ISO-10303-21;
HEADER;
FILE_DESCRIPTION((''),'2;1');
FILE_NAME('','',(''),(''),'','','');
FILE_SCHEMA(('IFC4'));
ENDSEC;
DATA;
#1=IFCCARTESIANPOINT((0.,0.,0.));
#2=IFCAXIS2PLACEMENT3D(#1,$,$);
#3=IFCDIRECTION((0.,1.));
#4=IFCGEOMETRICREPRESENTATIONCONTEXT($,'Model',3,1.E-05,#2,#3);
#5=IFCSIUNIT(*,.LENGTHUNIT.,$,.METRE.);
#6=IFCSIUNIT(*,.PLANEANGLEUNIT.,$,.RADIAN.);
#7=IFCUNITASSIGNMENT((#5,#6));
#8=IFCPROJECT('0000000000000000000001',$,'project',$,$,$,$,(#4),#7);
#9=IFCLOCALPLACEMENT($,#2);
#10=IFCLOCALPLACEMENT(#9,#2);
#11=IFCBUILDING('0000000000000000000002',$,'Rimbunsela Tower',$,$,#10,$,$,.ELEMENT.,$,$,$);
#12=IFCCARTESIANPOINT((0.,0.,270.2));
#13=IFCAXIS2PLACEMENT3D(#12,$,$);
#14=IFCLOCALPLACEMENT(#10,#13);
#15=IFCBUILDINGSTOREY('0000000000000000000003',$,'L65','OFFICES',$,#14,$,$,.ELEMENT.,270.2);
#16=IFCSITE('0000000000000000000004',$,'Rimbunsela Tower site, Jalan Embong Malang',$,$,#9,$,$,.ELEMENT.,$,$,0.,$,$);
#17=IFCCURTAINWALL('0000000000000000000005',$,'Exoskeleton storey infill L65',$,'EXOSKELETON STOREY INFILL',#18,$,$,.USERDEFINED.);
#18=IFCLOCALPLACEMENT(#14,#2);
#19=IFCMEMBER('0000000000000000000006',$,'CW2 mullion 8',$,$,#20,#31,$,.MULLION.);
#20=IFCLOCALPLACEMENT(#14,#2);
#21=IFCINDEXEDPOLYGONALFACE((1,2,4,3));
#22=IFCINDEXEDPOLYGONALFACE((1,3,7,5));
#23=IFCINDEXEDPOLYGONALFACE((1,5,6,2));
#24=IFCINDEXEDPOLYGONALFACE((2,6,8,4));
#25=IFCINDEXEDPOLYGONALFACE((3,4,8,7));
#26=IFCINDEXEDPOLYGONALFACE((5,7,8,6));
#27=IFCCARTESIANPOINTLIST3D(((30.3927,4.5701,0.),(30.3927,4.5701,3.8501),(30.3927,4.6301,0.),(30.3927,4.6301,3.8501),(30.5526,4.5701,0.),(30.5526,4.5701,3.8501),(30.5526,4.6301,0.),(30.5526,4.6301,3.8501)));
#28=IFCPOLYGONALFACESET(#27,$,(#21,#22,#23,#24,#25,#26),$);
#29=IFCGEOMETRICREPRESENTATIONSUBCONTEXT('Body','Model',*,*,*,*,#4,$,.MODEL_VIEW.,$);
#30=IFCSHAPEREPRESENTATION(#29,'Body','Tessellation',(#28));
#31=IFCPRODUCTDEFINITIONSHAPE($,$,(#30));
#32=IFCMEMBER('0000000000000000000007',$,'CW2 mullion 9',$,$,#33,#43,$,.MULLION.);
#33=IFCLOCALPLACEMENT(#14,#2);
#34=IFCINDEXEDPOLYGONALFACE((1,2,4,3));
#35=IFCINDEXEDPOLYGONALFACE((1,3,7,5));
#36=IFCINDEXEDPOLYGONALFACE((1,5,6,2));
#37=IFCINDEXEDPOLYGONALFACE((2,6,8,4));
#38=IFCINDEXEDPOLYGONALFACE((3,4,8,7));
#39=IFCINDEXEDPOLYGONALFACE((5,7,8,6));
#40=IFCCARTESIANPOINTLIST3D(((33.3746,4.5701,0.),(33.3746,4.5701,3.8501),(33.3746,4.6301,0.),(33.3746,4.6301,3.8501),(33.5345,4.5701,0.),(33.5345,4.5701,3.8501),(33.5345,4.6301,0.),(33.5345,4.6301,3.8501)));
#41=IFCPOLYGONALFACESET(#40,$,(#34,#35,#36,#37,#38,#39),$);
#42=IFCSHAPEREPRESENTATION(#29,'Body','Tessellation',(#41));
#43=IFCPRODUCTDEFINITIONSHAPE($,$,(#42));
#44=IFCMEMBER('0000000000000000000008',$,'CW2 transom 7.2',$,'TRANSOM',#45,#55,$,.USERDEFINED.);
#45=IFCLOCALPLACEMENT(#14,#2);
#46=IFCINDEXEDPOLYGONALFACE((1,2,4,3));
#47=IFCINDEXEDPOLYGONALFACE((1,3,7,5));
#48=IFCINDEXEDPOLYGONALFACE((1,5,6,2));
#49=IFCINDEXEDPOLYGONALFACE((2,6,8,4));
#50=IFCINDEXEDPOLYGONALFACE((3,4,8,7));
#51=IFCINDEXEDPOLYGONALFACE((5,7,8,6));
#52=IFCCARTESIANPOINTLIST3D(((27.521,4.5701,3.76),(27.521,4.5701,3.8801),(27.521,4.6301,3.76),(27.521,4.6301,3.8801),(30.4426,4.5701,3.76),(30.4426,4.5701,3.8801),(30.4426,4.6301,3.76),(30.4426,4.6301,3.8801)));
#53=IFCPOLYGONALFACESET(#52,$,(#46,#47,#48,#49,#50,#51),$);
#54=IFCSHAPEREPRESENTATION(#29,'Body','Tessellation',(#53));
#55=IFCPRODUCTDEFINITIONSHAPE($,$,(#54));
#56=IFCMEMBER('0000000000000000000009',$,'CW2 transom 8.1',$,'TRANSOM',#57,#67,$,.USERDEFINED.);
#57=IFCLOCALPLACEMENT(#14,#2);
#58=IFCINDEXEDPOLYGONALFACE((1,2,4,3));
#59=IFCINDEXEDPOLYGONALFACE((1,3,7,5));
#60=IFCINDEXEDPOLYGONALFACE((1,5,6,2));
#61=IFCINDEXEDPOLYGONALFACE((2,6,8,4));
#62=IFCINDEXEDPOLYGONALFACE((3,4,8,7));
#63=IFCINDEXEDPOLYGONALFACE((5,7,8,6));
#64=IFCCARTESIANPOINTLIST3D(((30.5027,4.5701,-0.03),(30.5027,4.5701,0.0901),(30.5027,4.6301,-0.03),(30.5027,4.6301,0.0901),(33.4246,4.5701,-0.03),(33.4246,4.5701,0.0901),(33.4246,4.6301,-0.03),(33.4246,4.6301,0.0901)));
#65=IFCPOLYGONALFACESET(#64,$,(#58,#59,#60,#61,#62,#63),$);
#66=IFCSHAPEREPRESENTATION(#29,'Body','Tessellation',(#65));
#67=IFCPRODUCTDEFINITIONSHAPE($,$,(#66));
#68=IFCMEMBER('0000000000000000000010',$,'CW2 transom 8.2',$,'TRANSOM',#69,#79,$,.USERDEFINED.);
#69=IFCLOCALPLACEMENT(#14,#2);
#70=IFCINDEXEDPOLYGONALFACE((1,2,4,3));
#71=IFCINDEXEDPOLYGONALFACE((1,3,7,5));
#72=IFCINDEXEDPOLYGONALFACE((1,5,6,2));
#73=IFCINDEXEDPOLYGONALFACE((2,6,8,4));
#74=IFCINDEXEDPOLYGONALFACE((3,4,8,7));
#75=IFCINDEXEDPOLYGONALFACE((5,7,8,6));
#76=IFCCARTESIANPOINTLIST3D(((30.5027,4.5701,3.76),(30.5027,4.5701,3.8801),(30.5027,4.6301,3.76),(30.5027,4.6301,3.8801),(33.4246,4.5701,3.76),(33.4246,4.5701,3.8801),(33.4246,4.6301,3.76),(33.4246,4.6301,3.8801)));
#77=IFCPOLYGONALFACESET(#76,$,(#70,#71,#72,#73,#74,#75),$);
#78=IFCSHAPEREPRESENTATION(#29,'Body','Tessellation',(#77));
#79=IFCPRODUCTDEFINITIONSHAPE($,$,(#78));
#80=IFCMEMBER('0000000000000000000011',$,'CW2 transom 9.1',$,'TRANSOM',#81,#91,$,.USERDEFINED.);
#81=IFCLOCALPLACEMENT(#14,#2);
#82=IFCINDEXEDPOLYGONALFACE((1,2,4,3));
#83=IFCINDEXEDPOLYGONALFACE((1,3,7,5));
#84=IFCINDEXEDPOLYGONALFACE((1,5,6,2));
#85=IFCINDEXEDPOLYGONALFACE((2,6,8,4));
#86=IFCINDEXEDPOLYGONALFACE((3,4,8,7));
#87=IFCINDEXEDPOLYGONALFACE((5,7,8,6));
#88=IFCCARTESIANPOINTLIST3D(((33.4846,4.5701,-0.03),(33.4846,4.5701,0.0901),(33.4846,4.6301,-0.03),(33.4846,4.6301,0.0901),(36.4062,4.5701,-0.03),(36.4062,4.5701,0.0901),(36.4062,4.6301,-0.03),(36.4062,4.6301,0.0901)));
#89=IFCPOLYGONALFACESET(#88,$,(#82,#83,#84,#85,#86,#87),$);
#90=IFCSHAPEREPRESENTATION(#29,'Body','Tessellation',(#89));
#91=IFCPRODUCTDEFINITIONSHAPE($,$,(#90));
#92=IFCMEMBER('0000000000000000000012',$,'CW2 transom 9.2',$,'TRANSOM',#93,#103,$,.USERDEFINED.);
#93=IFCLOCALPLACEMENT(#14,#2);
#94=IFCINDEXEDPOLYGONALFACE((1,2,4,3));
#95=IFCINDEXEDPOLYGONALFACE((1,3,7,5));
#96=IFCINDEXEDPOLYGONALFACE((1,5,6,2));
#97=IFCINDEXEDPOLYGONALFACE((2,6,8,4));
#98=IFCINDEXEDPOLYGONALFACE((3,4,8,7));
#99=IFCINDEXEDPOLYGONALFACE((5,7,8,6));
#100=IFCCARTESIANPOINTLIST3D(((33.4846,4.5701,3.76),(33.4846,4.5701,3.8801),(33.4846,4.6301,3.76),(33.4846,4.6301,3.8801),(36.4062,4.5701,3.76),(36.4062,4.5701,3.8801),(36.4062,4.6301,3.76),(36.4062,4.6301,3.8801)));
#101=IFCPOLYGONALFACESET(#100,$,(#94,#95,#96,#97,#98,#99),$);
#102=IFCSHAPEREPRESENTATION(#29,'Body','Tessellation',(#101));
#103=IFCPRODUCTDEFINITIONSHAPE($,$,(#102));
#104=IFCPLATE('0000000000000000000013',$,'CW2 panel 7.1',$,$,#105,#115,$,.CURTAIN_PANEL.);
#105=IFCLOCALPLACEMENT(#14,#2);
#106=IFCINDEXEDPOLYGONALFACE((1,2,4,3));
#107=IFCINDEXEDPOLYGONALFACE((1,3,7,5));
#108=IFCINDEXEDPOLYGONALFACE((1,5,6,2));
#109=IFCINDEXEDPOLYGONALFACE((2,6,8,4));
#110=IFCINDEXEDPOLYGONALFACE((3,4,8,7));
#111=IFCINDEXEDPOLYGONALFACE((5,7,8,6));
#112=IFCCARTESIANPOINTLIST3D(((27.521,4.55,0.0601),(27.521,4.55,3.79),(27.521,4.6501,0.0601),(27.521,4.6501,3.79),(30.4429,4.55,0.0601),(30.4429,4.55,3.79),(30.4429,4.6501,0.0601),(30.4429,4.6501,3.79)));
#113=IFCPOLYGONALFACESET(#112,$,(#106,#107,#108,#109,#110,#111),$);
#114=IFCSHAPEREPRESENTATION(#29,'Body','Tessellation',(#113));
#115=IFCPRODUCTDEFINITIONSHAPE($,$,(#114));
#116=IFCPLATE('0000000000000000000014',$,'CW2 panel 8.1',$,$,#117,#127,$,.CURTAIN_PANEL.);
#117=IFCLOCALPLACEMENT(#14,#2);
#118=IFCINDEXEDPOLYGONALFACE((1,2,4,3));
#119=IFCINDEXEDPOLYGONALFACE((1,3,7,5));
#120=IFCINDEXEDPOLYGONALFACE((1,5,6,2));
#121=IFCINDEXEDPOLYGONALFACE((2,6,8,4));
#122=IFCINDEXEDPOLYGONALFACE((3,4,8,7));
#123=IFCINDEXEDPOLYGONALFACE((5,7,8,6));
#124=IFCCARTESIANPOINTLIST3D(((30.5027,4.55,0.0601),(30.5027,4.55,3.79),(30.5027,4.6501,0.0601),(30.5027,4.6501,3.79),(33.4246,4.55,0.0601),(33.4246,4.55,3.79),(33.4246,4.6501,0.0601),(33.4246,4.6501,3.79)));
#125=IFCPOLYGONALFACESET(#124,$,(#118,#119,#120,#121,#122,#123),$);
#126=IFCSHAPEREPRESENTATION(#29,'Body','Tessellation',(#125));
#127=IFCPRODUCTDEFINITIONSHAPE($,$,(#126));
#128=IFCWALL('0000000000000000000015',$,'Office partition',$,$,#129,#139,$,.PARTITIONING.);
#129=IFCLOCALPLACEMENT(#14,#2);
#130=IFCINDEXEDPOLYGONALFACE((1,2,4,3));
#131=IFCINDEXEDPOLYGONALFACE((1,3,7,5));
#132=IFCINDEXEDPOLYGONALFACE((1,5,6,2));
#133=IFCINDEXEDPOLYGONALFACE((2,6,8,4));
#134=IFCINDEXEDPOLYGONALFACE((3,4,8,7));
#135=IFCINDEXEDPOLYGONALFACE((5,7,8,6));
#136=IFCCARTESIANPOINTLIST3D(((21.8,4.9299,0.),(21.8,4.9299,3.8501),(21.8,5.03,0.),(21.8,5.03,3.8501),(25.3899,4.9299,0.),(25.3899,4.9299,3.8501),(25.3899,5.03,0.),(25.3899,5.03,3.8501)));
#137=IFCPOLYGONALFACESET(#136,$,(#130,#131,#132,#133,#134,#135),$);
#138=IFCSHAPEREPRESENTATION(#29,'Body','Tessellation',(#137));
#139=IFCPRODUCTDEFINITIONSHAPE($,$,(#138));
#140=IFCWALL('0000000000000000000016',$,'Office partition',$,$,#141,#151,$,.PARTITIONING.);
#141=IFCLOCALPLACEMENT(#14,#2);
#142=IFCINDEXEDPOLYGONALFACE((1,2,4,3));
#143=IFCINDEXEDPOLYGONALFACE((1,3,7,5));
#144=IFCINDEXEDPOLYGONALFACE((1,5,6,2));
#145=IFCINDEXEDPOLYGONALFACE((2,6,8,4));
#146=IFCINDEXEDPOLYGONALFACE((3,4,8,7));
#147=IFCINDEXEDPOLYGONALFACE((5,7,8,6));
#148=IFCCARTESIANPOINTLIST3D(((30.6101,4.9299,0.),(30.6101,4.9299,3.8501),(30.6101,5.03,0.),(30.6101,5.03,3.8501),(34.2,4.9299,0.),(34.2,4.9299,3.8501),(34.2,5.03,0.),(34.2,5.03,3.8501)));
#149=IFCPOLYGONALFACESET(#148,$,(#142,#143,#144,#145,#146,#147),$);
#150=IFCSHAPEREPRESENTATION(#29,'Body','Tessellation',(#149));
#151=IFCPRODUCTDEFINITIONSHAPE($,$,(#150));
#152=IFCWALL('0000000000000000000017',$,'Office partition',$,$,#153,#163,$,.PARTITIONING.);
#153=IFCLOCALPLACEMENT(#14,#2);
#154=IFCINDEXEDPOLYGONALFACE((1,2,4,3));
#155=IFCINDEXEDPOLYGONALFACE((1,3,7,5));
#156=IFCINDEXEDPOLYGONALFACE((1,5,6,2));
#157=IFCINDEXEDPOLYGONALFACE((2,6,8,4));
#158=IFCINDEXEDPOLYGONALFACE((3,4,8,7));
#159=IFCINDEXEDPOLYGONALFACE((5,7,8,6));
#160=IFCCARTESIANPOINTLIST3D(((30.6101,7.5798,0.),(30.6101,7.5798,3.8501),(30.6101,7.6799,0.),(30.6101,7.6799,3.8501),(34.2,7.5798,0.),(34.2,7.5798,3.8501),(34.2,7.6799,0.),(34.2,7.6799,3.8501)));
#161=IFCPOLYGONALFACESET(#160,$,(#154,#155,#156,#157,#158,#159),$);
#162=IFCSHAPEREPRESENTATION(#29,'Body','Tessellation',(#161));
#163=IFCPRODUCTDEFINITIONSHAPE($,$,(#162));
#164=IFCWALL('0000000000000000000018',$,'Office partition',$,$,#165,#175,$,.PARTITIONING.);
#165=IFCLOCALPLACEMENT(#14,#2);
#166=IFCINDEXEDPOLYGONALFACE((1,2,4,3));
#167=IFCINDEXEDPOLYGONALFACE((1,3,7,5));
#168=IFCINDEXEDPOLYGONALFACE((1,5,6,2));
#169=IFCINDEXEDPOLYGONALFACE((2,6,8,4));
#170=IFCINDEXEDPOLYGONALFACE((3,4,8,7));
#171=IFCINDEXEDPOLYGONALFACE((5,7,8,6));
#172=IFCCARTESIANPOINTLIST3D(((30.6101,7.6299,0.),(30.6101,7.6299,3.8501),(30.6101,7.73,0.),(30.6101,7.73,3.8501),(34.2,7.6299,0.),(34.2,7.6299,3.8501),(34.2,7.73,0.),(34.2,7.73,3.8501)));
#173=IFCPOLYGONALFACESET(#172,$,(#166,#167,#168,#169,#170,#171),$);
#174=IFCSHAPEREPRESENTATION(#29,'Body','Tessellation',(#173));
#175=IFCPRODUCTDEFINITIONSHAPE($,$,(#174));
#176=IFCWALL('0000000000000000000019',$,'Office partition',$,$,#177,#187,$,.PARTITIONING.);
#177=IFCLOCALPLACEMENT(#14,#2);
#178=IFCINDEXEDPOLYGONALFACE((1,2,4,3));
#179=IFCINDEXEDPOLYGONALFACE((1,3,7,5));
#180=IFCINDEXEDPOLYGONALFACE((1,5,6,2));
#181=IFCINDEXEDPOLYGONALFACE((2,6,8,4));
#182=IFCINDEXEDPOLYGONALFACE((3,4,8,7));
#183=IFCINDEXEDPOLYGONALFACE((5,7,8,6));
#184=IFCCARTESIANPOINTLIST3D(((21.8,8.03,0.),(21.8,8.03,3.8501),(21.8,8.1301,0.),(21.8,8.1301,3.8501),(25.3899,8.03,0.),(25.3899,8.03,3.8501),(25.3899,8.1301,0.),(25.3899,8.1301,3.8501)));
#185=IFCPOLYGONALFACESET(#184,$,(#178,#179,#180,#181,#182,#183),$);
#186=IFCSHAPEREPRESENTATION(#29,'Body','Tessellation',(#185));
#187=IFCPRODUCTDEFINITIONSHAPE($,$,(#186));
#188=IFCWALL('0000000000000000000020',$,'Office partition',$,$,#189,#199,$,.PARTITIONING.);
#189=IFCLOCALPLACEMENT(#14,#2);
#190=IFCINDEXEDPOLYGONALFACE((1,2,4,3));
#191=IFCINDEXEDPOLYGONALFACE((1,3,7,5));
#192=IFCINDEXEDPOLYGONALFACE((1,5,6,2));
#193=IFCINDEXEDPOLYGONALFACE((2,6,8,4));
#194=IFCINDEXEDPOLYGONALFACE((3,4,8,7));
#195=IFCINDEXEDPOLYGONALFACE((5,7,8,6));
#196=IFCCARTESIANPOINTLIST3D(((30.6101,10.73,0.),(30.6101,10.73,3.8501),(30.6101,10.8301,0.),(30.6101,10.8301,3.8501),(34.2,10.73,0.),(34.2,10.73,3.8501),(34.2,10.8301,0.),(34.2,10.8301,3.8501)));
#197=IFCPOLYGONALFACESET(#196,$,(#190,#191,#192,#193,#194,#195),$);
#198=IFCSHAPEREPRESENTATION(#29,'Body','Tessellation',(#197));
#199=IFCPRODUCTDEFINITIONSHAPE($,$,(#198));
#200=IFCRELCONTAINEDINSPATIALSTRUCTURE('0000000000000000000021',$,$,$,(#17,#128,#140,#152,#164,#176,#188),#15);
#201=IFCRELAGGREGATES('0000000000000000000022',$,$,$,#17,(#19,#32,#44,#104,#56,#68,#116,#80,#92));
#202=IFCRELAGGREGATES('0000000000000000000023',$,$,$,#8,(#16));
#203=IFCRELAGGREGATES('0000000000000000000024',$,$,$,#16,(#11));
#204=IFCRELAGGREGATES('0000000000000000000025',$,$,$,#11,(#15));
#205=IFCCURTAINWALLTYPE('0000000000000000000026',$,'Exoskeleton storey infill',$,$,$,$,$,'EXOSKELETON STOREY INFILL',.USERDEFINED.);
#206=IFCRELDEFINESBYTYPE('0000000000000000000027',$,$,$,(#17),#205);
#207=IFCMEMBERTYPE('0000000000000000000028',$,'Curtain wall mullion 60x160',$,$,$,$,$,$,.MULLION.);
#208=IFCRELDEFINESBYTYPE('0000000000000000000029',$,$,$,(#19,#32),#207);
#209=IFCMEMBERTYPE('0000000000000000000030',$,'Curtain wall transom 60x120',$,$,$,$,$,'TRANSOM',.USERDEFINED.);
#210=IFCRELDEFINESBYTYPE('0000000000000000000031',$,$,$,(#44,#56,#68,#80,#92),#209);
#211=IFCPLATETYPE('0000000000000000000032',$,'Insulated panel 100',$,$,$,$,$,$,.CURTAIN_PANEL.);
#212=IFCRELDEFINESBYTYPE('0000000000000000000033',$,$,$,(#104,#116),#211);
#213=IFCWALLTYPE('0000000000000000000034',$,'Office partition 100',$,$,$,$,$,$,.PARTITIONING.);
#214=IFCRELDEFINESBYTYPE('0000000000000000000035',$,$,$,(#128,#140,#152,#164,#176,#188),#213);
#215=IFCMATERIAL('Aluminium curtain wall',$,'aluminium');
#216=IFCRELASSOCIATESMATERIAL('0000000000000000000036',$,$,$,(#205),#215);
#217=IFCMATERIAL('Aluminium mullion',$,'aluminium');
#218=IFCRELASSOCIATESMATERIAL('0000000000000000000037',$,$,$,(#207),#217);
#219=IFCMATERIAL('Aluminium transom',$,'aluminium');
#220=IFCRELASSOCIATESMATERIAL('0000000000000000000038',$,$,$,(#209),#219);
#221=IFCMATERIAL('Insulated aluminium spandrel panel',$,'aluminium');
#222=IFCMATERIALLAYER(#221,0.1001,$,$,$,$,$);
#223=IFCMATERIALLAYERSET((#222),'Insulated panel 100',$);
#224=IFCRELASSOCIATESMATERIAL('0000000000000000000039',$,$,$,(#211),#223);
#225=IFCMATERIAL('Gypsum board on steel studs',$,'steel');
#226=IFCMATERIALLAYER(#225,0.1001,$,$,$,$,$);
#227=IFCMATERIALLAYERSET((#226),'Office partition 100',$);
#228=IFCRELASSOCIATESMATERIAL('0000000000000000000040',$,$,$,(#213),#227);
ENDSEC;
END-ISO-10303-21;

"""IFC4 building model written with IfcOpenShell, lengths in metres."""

from ifc_helpers import new_model, si_unit, direction, frame, frame_2d, origin, origin_2d, place, context, subcontext, project, spatial, rectangle, extrude, material, layer, layer_set, material_profile, profile_set, type_object, element, aggregate, save


model = new_model("IFC4")

# Units and contexts
model_context = context("Model", 3, precision=1e-05, world=origin(), true_north=direction((0.0, 1.0)))
body_context = subcontext(model_context, "Body", "Model", "MODEL_VIEW")
ifc_project = project(units=[si_unit("LENGTHUNIT", "METRE"), si_unit("PLANEANGLEUNIT", "RADIAN")], contexts=[model_context])

# Site, building, storey
site_placement = place(None, origin())
site = spatial("IfcSite", under=ifc_project, at=site_placement, Name="Rimbunsela Tower site, Jalan Embong Malang", CompositionType="ELEMENT", RefElevation=0.0)
building_placement = place(site_placement, origin())
building = spatial("IfcBuilding", under=site, at=building_placement, Name="Rimbunsela Tower", CompositionType="ELEMENT")
storey_placement = place(building_placement, frame((0.0, 0.0, 270.2)))
storey = spatial("IfcBuildingStorey", under=building, at=storey_placement, Name="L65", Description="OFFICES", CompositionType="ELEMENT", Elevation=270.2)

# Curtain wall, members, plates
ifc_material_1 = material(Name="Aluminium curtain wall", Category="aluminium")
curtain_wall_type = type_object("IfcCurtainWallType", Name="Exoskeleton storey infill", ElementType="EXOSKELETON STOREY INFILL", PredefinedType="USERDEFINED", material=ifc_material_1)
curtain_wall_placement = place(storey_placement, origin())
curtain_wall = element("IfcCurtainWall", 1, at=curtain_wall_placement, inside=storey, type_object=curtain_wall_type, Name="Exoskeleton storey infill L65", ObjectType="EXOSKELETON STOREY INFILL", PredefinedType="USERDEFINED")
ifc_material_2 = material(Name="Aluminium mullion", Category="aluminium")
ifc_material_profile_1 = material_profile(ifc_material_2, rectangle(XDim=0.0601, YDim=0.1599, at=origin_2d()), Name="Mullion 60x160")
ifc_profile_set_1 = profile_set([ifc_material_profile_1], Name="Aluminium mullion")
member_type_1 = type_object("IfcMemberType", Name="Curtain wall mullion 60x160", PredefinedType="MULLION", material=ifc_profile_set_1)
member_1_placement = place(storey_placement, frame((30.4727, 4.6001, 0.0), z_axis=(0.0, 0.0, 1.0), x_axis=(0.0, 1.0, 0.0)))
member_1 = element("IfcMember", 2, at=member_1_placement, type_object=member_type_1, Name="CW2 mullion 8", PredefinedType="MULLION", context=body_context, shape_type="SweptSolid", body=[
    extrude(rectangle(XDim=0.0601, YDim=0.1599, at=origin_2d()), origin(), (0.0, 0.0, 1.0), 3.8501),
])
member_2_placement = place(storey_placement, frame((33.4546, 4.6001, 0.0), z_axis=(0.0, 0.0, 1.0), x_axis=(0.0, 1.0, 0.0)))
member_2 = element("IfcMember", 3, at=member_2_placement, type_object=member_type_1, Name="CW2 mullion 9", PredefinedType="MULLION", context=body_context, shape_type="SweptSolid", body=[
    extrude(rectangle(XDim=0.0601, YDim=0.1599, at=origin_2d()), origin(), (0.0, 0.0, 1.0), 3.8501),
])
ifc_material_3 = material(Name="Aluminium transom", Category="aluminium")
ifc_material_profile_2 = material_profile(ifc_material_3, rectangle(XDim=0.0601, YDim=0.1201, at=origin_2d()), Name="Transom 60x120")
ifc_profile_set_2 = profile_set([ifc_material_profile_2], Name="Aluminium transom")
member_type_2 = type_object("IfcMemberType", Name="Curtain wall transom 60x120", ElementType="TRANSOM", PredefinedType="USERDEFINED", material=ifc_profile_set_2)
member_3_placement = place(storey_placement, frame((27.521, 4.6001, 3.8201), z_axis=(1.0, 0.0, 0.0), x_axis=(0.0, 1.0, 0.0)))
member_3 = element("IfcMember", 4, at=member_3_placement, type_object=member_type_2, Name="CW2 transom 7.2", ObjectType="TRANSOM", PredefinedType="USERDEFINED", context=body_context, shape_type="SweptSolid", body=[
    extrude(rectangle(XDim=0.0601, YDim=0.1201, at=origin_2d()), origin(), (0.0, 0.0, 1.0), 2.9216),
])
member_4_placement = place(storey_placement, frame((30.5027, 4.6001, 0.03), z_axis=(1.0, 0.0, 0.0), x_axis=(0.0, 1.0, 0.0)))
member_4 = element("IfcMember", 5, at=member_4_placement, type_object=member_type_2, Name="CW2 transom 8.1", ObjectType="TRANSOM", PredefinedType="USERDEFINED", context=body_context, shape_type="SweptSolid", body=[
    extrude(rectangle(XDim=0.0601, YDim=0.1201, at=origin_2d()), origin(), (0.0, 0.0, 1.0), 2.9219),
])
member_5_placement = place(storey_placement, frame((30.5027, 4.6001, 3.8201), z_axis=(1.0, 0.0, 0.0), x_axis=(0.0, 1.0, 0.0)))
member_5 = element("IfcMember", 6, at=member_5_placement, type_object=member_type_2, Name="CW2 transom 8.2", ObjectType="TRANSOM", PredefinedType="USERDEFINED", context=body_context, shape_type="SweptSolid", body=[
    extrude(rectangle(XDim=0.0601, YDim=0.1201, at=origin_2d()), origin(), (0.0, 0.0, 1.0), 2.9219),
])
member_6_placement = place(storey_placement, frame((33.4846, 4.6001, 0.03), z_axis=(1.0, 0.0, 0.0), x_axis=(0.0, 1.0, 0.0)))
member_6 = element("IfcMember", 7, at=member_6_placement, type_object=member_type_2, Name="CW2 transom 9.1", ObjectType="TRANSOM", PredefinedType="USERDEFINED", context=body_context, shape_type="SweptSolid", body=[
    extrude(rectangle(XDim=0.0601, YDim=0.1201, at=origin_2d()), origin(), (0.0, 0.0, 1.0), 2.9216),
])
member_7_placement = place(storey_placement, frame((33.4846, 4.6001, 3.8201), z_axis=(1.0, 0.0, 0.0), x_axis=(0.0, 1.0, 0.0)))
member_7 = element("IfcMember", 8, at=member_7_placement, type_object=member_type_2, Name="CW2 transom 9.2", ObjectType="TRANSOM", PredefinedType="USERDEFINED", context=body_context, shape_type="SweptSolid", body=[
    extrude(rectangle(XDim=0.0601, YDim=0.1201, at=origin_2d()), origin(), (0.0, 0.0, 1.0), 2.9216),
])
ifc_material_4 = material(Name="Insulated aluminium spandrel panel", Category="aluminium")
ifc_layer_1 = layer(ifc_material_4, 0.1001)
ifc_layer_set_1 = layer_set([ifc_layer_1], Name="Insulated panel 100")
plate_type = type_object("IfcPlateType", Name="Insulated panel 100", PredefinedType="CURTAIN_PANEL", material=ifc_layer_set_1)
plate_1_placement = place(storey_placement, frame((28.9819, 4.6001, 0.0601), z_axis=(0.0, 0.0, 1.0), x_axis=(1.0, 0.0, 0.0)))
plate_1 = element("IfcPlate", 9, at=plate_1_placement, type_object=plate_type, Name="CW2 panel 7.1", PredefinedType="CURTAIN_PANEL", context=body_context, shape_type="SweptSolid", body=[
    extrude(rectangle(XDim=2.9219, YDim=0.1001, at=origin_2d()), origin(), (0.0, 0.0, 1.0), 3.73),
])
plate_2_placement = place(storey_placement, frame((31.9636, 4.6001, 0.0601), z_axis=(0.0, 0.0, 1.0), x_axis=(1.0, 0.0, 0.0)))
plate_2 = element("IfcPlate", 10, at=plate_2_placement, type_object=plate_type, Name="CW2 panel 8.1", PredefinedType="CURTAIN_PANEL", context=body_context, shape_type="SweptSolid", body=[
    extrude(rectangle(XDim=2.9219, YDim=0.1001, at=origin_2d()), origin(), (0.0, 0.0, 1.0), 3.73),
])
aggregate(curtain_wall, [member_1, member_2, member_3, plate_1, member_4, member_5, plate_2, member_6, member_7])

# Walls
ifc_material_5 = material(Name="Gypsum board on steel studs", Category="steel")
ifc_layer_2 = layer(ifc_material_5, 0.1001)
ifc_layer_set_2 = layer_set([ifc_layer_2], Name="Office partition 100")
wall_type_1 = type_object("IfcWallType", Name="Office partition 100", PredefinedType="PARTITIONING", material=ifc_layer_set_2)
for number, where, z_axis, x_axis, name in (
    (11, (21.8, 4.98, 0.0), (0.0, 0.0, 1.0), (1.0, 0.0, 0.0), "Office partition"),
    (12, (30.6101, 4.98, 0.0), (0.0, 0.0, 1.0), (1.0, 0.0, 0.0), "Office partition"),
    (13, (30.6101, 7.6299, 0.0), (0.0, 0.0, 1.0), (1.0, 0.0, 0.0), "Office partition"),
    (14, (30.6101, 7.6799, 0.0), (0.0, 0.0, 1.0), (1.0, 0.0, 0.0), "Office partition"),
    (15, (21.8, 8.0801, 0.0), (0.0, 0.0, 1.0), (1.0, 0.0, 0.0), "Office partition"),
    (16, (30.6101, 10.78, 0.0), (0.0, 0.0, 1.0), (1.0, 0.0, 0.0), "Office partition"),
):
    element("IfcWall", number, at=place(storey_placement, frame(where, z_axis=z_axis, x_axis=x_axis)), inside=storey, type_object=wall_type_1, Name=name, PredefinedType="PARTITIONING", context=body_context, shape_type="SweptSolid", body=[
        extrude(rectangle(XDim=3.5898, YDim=0.1001, at=frame_2d((1.7949, 0.0))), origin(), (0.0, 0.0, 1.0), 3.8501),
    ])

save(model, "model.ifc")
